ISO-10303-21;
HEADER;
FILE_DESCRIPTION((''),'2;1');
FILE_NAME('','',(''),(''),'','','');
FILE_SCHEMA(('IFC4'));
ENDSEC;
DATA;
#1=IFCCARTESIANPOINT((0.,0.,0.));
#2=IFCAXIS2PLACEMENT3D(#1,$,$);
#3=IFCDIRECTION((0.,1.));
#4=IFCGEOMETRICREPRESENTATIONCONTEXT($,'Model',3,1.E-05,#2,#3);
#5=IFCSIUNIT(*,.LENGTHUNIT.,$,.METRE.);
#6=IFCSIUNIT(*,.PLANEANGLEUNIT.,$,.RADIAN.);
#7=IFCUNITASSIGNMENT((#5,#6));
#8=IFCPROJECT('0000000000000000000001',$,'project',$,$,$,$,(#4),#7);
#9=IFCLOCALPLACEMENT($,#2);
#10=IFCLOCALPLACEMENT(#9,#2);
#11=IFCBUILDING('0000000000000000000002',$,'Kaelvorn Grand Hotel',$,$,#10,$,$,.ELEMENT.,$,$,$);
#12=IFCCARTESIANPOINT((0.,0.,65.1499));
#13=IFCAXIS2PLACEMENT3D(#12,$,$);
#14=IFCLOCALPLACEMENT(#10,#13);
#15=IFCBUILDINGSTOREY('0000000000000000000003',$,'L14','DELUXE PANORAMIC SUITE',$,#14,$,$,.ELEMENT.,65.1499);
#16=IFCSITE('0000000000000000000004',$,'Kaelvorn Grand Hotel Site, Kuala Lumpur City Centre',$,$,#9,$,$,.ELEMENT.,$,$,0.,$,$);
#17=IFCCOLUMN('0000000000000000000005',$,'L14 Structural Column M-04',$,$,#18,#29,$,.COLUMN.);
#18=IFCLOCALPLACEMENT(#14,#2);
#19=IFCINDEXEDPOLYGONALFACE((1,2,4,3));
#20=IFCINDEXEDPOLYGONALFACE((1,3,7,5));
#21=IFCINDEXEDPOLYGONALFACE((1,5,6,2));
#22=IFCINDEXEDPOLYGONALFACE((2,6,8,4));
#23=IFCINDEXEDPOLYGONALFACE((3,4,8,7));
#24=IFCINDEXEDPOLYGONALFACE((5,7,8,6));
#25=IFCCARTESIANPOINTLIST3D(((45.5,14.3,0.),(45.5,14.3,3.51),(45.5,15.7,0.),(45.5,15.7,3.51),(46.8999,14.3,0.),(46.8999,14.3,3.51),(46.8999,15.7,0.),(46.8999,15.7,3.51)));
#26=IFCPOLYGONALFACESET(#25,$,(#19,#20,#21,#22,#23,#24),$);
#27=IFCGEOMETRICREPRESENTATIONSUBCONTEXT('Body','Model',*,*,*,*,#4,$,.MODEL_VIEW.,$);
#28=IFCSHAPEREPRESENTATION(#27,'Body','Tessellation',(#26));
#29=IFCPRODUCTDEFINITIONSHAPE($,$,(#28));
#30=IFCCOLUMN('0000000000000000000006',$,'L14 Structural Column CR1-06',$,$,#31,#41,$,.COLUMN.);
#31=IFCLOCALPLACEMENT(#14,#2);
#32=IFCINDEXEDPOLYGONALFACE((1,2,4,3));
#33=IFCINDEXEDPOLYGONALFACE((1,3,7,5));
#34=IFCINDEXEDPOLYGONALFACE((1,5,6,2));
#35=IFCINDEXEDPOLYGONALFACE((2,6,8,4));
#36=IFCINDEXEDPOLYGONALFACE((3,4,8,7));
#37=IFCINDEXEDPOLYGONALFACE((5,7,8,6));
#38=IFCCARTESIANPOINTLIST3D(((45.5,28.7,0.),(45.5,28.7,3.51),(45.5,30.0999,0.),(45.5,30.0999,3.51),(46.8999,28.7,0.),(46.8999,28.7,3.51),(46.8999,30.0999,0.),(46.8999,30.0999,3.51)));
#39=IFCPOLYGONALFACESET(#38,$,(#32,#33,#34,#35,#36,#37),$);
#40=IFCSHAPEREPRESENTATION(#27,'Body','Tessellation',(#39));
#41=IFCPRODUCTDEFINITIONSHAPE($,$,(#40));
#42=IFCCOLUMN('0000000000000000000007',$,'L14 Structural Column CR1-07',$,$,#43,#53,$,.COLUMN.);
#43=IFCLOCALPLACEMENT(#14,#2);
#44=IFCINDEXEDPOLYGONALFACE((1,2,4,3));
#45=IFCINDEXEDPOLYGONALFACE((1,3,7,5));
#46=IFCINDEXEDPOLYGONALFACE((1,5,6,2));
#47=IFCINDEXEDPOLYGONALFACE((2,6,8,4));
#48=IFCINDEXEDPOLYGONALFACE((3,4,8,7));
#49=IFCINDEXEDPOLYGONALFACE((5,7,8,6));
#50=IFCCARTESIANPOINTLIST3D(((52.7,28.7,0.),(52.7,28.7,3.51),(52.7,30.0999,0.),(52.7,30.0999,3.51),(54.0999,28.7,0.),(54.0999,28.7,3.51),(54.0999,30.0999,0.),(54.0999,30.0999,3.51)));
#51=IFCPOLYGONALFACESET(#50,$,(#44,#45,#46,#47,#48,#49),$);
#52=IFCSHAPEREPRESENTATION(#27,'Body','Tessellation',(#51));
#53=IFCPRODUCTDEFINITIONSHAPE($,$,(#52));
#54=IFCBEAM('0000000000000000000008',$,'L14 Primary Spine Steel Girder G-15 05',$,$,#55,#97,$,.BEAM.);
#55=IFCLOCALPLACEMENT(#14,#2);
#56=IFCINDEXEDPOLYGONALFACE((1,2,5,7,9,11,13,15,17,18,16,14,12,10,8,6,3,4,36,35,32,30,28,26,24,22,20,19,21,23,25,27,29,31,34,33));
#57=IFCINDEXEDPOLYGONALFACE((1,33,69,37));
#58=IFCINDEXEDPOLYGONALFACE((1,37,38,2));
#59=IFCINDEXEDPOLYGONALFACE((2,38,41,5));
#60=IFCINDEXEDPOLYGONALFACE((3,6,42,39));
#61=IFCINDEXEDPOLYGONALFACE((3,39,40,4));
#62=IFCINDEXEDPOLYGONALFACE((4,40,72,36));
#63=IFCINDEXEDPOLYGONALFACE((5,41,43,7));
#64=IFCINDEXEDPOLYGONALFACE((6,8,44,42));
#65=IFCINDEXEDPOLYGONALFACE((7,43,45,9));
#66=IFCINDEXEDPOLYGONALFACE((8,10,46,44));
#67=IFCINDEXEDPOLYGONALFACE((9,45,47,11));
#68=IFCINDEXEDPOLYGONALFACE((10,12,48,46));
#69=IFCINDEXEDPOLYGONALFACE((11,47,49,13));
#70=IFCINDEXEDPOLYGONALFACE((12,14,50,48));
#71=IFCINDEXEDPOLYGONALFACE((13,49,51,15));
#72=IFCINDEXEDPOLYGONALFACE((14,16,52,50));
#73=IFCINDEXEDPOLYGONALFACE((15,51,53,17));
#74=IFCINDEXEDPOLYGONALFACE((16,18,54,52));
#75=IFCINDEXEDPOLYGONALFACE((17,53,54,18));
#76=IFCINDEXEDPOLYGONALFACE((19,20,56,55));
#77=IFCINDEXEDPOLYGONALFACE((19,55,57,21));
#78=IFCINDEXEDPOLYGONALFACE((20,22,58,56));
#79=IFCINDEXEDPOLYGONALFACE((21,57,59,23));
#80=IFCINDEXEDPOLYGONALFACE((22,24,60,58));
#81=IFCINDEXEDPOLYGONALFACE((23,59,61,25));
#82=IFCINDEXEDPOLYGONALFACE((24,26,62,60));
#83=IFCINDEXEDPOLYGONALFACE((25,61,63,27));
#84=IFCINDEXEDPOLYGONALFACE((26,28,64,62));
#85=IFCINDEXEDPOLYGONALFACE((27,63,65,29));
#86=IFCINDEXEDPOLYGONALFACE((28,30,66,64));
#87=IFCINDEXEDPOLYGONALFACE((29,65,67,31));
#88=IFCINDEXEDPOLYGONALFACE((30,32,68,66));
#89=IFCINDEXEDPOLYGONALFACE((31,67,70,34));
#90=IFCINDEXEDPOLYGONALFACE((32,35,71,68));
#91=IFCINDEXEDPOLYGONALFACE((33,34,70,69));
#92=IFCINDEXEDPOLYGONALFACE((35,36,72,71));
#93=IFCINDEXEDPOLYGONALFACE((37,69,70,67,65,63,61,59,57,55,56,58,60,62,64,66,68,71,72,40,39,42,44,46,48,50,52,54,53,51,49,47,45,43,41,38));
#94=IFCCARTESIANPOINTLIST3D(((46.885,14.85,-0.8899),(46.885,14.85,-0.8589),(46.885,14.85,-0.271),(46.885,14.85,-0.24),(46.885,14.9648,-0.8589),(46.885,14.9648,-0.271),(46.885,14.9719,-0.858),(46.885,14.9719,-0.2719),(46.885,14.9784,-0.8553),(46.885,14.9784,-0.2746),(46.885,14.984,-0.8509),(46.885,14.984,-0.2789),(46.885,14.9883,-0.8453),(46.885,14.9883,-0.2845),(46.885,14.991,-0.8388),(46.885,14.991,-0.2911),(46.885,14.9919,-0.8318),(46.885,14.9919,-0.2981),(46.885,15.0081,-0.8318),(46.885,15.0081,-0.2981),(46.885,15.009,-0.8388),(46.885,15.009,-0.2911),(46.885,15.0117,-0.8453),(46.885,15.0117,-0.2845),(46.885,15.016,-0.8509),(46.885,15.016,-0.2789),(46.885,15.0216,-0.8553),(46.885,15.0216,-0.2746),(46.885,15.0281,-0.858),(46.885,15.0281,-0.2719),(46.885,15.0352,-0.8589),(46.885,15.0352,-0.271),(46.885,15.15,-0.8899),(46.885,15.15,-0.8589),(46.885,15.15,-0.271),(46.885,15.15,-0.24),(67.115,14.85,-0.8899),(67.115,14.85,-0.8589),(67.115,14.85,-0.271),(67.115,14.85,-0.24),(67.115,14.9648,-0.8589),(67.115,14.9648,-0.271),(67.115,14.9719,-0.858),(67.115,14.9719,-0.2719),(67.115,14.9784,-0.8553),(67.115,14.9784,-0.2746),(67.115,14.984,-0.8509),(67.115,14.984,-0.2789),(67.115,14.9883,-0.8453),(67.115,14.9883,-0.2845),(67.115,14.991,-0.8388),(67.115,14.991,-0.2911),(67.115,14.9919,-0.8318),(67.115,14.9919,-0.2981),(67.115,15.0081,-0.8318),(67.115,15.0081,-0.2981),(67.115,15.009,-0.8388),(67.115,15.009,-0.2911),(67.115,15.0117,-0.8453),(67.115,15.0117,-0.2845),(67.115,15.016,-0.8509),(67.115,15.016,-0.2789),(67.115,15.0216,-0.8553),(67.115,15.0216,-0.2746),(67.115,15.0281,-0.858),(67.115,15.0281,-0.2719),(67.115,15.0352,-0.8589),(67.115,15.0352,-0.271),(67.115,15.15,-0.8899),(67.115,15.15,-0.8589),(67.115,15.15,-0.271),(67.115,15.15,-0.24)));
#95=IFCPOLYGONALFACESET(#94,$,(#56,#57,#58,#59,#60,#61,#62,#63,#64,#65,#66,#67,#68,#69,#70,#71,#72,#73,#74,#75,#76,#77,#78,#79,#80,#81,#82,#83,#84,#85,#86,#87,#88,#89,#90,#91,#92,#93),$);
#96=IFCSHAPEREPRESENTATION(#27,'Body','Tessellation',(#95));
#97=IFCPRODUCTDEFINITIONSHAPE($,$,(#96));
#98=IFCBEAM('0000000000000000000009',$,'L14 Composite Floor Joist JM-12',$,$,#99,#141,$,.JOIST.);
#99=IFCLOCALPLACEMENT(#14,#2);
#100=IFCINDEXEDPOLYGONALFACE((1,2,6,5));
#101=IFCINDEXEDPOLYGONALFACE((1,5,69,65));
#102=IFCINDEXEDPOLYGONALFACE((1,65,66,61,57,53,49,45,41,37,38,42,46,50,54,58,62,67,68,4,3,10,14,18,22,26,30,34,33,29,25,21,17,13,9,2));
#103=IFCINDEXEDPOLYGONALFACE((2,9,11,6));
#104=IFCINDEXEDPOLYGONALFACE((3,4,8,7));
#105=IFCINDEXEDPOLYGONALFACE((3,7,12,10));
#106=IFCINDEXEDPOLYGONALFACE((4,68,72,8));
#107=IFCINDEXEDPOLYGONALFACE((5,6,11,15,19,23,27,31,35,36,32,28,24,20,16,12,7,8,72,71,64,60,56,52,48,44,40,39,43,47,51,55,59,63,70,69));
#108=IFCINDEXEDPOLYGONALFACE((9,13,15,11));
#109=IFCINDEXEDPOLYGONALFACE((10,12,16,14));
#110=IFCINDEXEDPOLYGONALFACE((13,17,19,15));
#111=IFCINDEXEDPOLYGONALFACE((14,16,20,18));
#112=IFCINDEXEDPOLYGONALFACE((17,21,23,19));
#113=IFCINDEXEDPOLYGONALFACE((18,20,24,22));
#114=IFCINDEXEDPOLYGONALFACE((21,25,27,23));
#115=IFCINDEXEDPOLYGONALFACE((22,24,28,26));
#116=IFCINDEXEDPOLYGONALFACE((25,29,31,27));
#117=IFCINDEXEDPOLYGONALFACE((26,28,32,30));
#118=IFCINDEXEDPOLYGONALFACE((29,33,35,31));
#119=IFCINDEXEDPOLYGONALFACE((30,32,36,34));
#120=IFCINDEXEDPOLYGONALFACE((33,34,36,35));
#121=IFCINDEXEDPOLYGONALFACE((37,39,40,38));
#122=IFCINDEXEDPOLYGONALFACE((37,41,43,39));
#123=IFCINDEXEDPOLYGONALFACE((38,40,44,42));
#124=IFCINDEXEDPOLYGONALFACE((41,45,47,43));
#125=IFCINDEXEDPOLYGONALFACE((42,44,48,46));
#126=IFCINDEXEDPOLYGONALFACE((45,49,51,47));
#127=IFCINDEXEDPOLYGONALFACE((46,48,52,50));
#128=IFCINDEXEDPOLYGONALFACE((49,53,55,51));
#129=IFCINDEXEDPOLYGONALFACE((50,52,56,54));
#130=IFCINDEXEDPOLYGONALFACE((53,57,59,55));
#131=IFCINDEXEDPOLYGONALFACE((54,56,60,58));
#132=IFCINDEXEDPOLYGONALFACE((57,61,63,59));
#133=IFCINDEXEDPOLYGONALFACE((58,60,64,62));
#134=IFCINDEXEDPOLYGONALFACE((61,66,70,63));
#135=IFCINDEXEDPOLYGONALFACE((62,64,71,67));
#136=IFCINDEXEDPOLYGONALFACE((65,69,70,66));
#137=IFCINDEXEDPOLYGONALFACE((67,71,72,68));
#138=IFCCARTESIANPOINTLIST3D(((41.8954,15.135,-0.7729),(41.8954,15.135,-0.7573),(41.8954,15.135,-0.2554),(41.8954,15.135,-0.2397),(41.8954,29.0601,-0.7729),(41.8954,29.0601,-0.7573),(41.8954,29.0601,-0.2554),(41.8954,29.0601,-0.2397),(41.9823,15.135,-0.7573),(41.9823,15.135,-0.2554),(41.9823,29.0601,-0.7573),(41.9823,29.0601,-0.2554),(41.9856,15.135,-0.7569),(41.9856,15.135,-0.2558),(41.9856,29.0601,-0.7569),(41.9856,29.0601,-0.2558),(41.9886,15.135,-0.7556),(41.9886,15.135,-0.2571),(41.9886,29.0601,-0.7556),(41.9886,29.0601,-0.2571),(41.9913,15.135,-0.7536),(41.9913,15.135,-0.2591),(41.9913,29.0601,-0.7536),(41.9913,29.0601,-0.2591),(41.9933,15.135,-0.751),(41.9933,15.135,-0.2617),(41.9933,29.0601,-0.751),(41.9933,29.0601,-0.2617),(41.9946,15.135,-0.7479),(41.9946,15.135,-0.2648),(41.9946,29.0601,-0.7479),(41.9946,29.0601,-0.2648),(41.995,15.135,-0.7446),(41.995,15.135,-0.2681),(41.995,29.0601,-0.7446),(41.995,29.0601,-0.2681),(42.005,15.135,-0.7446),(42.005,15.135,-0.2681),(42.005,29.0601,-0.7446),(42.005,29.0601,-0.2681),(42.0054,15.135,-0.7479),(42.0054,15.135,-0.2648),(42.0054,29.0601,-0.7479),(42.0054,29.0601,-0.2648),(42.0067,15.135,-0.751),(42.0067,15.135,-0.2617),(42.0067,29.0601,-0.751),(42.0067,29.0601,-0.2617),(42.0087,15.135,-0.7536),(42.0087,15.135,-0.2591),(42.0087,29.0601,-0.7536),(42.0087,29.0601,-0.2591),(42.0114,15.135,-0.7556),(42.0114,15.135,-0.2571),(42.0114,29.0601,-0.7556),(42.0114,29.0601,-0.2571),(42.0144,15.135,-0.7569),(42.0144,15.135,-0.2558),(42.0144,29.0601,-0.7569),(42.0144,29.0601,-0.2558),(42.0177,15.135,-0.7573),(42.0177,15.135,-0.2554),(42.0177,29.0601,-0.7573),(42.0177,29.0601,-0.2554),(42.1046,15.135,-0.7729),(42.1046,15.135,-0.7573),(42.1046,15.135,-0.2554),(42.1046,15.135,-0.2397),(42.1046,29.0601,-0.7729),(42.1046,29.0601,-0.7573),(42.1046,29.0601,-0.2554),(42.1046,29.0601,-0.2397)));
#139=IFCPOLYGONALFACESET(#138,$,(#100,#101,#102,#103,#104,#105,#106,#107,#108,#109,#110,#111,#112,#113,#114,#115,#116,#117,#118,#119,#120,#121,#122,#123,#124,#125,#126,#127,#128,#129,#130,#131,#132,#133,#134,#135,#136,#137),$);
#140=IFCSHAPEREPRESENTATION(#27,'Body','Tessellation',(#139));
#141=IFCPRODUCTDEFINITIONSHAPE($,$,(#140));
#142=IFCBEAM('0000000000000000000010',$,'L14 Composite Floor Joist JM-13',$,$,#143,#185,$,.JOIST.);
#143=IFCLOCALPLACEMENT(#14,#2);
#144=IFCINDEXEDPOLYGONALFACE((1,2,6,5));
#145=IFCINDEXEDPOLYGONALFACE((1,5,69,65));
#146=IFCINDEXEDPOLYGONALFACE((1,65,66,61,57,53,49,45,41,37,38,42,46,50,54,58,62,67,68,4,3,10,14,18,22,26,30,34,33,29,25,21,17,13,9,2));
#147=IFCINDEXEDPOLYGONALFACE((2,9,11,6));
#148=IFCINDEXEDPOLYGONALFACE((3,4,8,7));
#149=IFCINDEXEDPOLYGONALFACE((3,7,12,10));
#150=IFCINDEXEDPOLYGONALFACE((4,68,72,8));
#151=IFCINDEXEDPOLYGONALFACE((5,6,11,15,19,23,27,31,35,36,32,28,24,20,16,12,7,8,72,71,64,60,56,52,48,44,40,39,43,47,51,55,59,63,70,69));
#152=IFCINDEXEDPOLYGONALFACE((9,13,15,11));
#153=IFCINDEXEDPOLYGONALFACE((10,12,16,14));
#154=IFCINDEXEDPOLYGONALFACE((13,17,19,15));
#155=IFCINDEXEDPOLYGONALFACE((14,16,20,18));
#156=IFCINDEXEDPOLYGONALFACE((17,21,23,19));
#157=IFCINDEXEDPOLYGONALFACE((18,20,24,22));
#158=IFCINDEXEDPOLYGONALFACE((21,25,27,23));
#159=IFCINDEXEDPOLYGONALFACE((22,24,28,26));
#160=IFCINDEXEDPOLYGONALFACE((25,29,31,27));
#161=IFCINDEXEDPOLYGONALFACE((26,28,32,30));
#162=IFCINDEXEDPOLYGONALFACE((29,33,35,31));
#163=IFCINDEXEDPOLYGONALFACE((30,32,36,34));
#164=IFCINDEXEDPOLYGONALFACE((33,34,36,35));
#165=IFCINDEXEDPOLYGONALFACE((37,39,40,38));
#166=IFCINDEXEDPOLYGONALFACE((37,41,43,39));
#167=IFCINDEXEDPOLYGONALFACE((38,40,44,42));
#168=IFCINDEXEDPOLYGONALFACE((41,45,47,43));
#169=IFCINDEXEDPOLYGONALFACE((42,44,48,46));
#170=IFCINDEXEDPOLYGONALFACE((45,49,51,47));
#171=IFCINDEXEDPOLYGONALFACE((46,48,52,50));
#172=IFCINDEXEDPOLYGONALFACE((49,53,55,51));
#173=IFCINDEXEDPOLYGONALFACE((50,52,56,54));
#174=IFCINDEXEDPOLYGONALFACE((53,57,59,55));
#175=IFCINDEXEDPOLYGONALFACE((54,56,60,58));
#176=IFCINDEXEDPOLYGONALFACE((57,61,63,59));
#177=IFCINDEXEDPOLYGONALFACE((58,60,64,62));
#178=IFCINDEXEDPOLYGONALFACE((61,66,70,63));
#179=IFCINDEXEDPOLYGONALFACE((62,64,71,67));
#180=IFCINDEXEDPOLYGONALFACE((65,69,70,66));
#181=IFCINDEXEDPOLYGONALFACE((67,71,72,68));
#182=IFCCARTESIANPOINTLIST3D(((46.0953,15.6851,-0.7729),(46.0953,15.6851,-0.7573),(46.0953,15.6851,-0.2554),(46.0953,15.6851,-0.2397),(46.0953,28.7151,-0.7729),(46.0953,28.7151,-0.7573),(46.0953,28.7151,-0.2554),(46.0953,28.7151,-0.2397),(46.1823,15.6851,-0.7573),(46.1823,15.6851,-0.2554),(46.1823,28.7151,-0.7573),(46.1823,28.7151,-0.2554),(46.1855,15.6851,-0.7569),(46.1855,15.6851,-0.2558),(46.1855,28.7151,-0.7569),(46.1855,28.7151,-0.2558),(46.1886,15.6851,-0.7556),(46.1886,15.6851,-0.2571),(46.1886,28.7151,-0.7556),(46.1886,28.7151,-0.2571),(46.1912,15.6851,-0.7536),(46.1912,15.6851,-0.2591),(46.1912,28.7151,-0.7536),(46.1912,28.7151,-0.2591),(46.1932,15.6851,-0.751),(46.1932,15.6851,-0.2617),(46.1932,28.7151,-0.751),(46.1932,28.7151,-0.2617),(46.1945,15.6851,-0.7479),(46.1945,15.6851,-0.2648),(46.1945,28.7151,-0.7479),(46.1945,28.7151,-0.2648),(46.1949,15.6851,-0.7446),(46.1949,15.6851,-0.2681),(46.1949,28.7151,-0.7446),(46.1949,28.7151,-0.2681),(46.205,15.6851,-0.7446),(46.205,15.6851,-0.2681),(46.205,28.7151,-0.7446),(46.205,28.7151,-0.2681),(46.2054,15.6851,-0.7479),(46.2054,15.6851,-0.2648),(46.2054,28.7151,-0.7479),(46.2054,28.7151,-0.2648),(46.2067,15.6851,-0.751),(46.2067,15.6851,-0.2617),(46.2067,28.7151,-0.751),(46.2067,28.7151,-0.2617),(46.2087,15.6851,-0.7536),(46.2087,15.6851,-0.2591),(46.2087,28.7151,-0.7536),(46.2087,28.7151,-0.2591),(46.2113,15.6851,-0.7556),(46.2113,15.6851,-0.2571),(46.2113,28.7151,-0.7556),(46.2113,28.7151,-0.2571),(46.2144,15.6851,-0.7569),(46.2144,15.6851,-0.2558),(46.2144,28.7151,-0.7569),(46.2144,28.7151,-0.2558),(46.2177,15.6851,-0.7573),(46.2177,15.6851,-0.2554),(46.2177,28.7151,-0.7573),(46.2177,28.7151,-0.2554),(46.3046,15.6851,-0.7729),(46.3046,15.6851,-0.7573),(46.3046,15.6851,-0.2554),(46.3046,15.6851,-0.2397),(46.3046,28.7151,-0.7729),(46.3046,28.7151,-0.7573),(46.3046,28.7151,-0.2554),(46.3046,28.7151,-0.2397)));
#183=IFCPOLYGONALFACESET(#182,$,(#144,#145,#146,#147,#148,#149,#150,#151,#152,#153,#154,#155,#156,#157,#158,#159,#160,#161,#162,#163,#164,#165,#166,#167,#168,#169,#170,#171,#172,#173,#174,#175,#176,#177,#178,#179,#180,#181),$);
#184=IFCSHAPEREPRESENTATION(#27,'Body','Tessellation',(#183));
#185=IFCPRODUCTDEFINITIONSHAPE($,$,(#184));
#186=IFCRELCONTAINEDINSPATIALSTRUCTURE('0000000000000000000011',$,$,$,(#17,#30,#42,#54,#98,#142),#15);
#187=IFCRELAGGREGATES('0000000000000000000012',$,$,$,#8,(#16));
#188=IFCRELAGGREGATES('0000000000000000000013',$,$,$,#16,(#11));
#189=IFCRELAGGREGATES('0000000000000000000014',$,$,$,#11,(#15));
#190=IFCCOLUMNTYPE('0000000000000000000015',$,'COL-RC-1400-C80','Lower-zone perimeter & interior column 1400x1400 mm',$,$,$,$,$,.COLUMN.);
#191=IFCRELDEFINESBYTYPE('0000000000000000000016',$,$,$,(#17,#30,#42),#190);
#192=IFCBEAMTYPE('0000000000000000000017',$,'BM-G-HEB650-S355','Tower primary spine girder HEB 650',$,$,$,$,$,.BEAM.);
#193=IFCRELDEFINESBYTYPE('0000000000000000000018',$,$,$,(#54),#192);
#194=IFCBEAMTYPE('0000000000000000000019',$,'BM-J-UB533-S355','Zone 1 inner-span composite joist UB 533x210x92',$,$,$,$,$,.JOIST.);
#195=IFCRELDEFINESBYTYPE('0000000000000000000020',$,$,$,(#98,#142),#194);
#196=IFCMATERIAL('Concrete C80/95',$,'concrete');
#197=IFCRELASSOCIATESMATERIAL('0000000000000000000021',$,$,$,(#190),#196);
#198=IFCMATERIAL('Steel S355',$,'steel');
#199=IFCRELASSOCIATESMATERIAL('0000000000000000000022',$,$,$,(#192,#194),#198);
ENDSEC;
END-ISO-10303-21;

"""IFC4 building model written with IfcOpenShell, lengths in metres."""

from ifc_helpers import new_model, si_unit, direction, frame, origin, origin_2d, place, context, subcontext, project, spatial, rectangle, i_section, extrude, material, material_profile, profile_set, type_object, element, save


model = new_model("IFC4")

# Units and contexts
model_context = context("Model", 3, precision=1e-05, world=origin(), true_north=direction((0.0, 1.0)))
body_context = subcontext(model_context, "Body", "Model", "MODEL_VIEW")
ifc_project = project(units=[si_unit("LENGTHUNIT", "METRE"), si_unit("PLANEANGLEUNIT", "RADIAN")], contexts=[model_context])

# Site, building, storey
site_placement = place(None, origin())
site = spatial("IfcSite", under=ifc_project, at=site_placement, Name="Kaelvorn Grand Hotel Site, Kuala Lumpur City Centre", CompositionType="ELEMENT", RefElevation=0.0)
building_placement = place(site_placement, origin())
building = spatial("IfcBuilding", under=site, at=building_placement, Name="Kaelvorn Grand Hotel", CompositionType="ELEMENT")
storey_placement = place(building_placement, frame((0.0, 0.0, 65.1499)))
storey = spatial("IfcBuildingStorey", under=building, at=storey_placement, Name="L14", Description="DELUXE PANORAMIC SUITE", CompositionType="ELEMENT", Elevation=65.1499)

# Columns
ifc_material_1 = material(Name="Concrete C80/95", Category="concrete")
ifc_material_profile_1 = material_profile(ifc_material_1, rectangle(XDim=1.3999, YDim=1.3999, at=origin_2d()), Name="RC COL 1400x1400")
ifc_profile_set_1 = profile_set([ifc_material_profile_1], Name="Concrete C80/95")
column_type = type_object("IfcColumnType", Name="COL-RC-1400-C80", Description="Lower-zone perimeter & interior column 1400x1400 mm", PredefinedType="COLUMN", material=ifc_profile_set_1)
for number, where, z_axis, x_axis, name in (
    (1, (46.2, 15.0, 0.0), (0.0, 0.0, 1.0), (1.0, 0.0, 0.0), "L14 Structural Column M-04"),
    (2, (46.2, 29.3999, 0.0), (0.0, 0.0, 1.0), (1.0, 0.0, 0.0), "L14 Structural Column CR1-06"),
    (3, (53.3999, 29.3999, 0.0), (0.0, 0.0, 1.0), (1.0, 0.0, 0.0), "L14 Structural Column CR1-07"),
):
    element("IfcColumn", number, at=place(storey_placement, frame(where, z_axis=z_axis, x_axis=x_axis)), inside=storey, type_object=column_type, Name=name, PredefinedType="COLUMN", context=body_context, shape_type="SweptSolid", body=[
        extrude(rectangle(XDim=1.3999, YDim=1.3999, at=origin_2d()), origin(), (0.0, 0.0, 1.0), 3.51),
    ])

# Beams
ifc_material_2 = material(Name="Steel S355", Category="steel")
ifc_material_profile_2 = material_profile(ifc_material_2, i_section(OverallWidth=0.3, OverallDepth=0.6499, WebThickness=0.0161, FlangeThickness=0.031, FilletRadius=0.0271, at=origin_2d()), Name="HEB 650")
ifc_profile_set_2 = profile_set([ifc_material_profile_2], Name="Steel S355")
beam_type_1 = type_object("IfcBeamType", Name="BM-G-HEB650-S355", Description="Tower primary spine girder HEB 650", PredefinedType="BEAM", material=ifc_profile_set_2)
beam_1_placement = place(storey_placement, frame((46.885, 15.0, -0.5649), z_axis=(1.0, 0.0, 0.0), x_axis=(0.0, 1.0, 0.0)))
element("IfcBeam", 4, at=beam_1_placement, inside=storey, type_object=beam_type_1, Name="L14 Primary Spine Steel Girder G-15 05", PredefinedType="BEAM", context=body_context, shape_type="SweptSolid", body=[
    extrude(i_section(OverallWidth=0.3, OverallDepth=0.6499, WebThickness=0.0161, FlangeThickness=0.031, FilletRadius=0.0271, at=origin_2d()), origin(), (0.0, 0.0, 1.0), 20.23),
])
ifc_material_profile_3 = material_profile(ifc_material_2, i_section(OverallWidth=0.2092, OverallDepth=0.5332, WebThickness=0.01, FlangeThickness=0.0156, FilletRadius=0.0127, at=origin_2d()), Name="UB 533x210x92")
ifc_profile_set_3 = profile_set([ifc_material_profile_3], Name="Steel S355")
beam_type_2 = type_object("IfcBeamType", Name="BM-J-UB533-S355", Description="Zone 1 inner-span composite joist UB 533x210x92", PredefinedType="JOIST", material=ifc_profile_set_3)
beam_2_placement = place(storey_placement, frame((42.0, 15.135, -0.5063), z_axis=(0.0, 1.0, 0.0), x_axis=(-1.0, 0.0, 0.0)))
element("IfcBeam", 5, at=beam_2_placement, inside=storey, type_object=beam_type_2, Name="L14 Composite Floor Joist JM-12", PredefinedType="JOIST", context=body_context, shape_type="SweptSolid", body=[
    extrude(i_section(OverallWidth=0.2092, OverallDepth=0.5332, WebThickness=0.01, FlangeThickness=0.0156, FilletRadius=0.0127, at=origin_2d()), origin(), (0.0, 0.0, 1.0), 13.925),
])
beam_3_placement = place(storey_placement, frame((46.2, 15.6851, -0.5063), z_axis=(0.0, 1.0, 0.0), x_axis=(-1.0, 0.0, 0.0)))
element("IfcBeam", 6, at=beam_3_placement, inside=storey, type_object=beam_type_2, Name="L14 Composite Floor Joist JM-13", PredefinedType="JOIST", context=body_context, shape_type="SweptSolid", body=[
    extrude(i_section(OverallWidth=0.2092, OverallDepth=0.5332, WebThickness=0.01, FlangeThickness=0.0156, FilletRadius=0.0127, at=origin_2d()), origin(), (0.0, 0.0, 1.0), 13.03),
])

save(model, "model.ifc")
